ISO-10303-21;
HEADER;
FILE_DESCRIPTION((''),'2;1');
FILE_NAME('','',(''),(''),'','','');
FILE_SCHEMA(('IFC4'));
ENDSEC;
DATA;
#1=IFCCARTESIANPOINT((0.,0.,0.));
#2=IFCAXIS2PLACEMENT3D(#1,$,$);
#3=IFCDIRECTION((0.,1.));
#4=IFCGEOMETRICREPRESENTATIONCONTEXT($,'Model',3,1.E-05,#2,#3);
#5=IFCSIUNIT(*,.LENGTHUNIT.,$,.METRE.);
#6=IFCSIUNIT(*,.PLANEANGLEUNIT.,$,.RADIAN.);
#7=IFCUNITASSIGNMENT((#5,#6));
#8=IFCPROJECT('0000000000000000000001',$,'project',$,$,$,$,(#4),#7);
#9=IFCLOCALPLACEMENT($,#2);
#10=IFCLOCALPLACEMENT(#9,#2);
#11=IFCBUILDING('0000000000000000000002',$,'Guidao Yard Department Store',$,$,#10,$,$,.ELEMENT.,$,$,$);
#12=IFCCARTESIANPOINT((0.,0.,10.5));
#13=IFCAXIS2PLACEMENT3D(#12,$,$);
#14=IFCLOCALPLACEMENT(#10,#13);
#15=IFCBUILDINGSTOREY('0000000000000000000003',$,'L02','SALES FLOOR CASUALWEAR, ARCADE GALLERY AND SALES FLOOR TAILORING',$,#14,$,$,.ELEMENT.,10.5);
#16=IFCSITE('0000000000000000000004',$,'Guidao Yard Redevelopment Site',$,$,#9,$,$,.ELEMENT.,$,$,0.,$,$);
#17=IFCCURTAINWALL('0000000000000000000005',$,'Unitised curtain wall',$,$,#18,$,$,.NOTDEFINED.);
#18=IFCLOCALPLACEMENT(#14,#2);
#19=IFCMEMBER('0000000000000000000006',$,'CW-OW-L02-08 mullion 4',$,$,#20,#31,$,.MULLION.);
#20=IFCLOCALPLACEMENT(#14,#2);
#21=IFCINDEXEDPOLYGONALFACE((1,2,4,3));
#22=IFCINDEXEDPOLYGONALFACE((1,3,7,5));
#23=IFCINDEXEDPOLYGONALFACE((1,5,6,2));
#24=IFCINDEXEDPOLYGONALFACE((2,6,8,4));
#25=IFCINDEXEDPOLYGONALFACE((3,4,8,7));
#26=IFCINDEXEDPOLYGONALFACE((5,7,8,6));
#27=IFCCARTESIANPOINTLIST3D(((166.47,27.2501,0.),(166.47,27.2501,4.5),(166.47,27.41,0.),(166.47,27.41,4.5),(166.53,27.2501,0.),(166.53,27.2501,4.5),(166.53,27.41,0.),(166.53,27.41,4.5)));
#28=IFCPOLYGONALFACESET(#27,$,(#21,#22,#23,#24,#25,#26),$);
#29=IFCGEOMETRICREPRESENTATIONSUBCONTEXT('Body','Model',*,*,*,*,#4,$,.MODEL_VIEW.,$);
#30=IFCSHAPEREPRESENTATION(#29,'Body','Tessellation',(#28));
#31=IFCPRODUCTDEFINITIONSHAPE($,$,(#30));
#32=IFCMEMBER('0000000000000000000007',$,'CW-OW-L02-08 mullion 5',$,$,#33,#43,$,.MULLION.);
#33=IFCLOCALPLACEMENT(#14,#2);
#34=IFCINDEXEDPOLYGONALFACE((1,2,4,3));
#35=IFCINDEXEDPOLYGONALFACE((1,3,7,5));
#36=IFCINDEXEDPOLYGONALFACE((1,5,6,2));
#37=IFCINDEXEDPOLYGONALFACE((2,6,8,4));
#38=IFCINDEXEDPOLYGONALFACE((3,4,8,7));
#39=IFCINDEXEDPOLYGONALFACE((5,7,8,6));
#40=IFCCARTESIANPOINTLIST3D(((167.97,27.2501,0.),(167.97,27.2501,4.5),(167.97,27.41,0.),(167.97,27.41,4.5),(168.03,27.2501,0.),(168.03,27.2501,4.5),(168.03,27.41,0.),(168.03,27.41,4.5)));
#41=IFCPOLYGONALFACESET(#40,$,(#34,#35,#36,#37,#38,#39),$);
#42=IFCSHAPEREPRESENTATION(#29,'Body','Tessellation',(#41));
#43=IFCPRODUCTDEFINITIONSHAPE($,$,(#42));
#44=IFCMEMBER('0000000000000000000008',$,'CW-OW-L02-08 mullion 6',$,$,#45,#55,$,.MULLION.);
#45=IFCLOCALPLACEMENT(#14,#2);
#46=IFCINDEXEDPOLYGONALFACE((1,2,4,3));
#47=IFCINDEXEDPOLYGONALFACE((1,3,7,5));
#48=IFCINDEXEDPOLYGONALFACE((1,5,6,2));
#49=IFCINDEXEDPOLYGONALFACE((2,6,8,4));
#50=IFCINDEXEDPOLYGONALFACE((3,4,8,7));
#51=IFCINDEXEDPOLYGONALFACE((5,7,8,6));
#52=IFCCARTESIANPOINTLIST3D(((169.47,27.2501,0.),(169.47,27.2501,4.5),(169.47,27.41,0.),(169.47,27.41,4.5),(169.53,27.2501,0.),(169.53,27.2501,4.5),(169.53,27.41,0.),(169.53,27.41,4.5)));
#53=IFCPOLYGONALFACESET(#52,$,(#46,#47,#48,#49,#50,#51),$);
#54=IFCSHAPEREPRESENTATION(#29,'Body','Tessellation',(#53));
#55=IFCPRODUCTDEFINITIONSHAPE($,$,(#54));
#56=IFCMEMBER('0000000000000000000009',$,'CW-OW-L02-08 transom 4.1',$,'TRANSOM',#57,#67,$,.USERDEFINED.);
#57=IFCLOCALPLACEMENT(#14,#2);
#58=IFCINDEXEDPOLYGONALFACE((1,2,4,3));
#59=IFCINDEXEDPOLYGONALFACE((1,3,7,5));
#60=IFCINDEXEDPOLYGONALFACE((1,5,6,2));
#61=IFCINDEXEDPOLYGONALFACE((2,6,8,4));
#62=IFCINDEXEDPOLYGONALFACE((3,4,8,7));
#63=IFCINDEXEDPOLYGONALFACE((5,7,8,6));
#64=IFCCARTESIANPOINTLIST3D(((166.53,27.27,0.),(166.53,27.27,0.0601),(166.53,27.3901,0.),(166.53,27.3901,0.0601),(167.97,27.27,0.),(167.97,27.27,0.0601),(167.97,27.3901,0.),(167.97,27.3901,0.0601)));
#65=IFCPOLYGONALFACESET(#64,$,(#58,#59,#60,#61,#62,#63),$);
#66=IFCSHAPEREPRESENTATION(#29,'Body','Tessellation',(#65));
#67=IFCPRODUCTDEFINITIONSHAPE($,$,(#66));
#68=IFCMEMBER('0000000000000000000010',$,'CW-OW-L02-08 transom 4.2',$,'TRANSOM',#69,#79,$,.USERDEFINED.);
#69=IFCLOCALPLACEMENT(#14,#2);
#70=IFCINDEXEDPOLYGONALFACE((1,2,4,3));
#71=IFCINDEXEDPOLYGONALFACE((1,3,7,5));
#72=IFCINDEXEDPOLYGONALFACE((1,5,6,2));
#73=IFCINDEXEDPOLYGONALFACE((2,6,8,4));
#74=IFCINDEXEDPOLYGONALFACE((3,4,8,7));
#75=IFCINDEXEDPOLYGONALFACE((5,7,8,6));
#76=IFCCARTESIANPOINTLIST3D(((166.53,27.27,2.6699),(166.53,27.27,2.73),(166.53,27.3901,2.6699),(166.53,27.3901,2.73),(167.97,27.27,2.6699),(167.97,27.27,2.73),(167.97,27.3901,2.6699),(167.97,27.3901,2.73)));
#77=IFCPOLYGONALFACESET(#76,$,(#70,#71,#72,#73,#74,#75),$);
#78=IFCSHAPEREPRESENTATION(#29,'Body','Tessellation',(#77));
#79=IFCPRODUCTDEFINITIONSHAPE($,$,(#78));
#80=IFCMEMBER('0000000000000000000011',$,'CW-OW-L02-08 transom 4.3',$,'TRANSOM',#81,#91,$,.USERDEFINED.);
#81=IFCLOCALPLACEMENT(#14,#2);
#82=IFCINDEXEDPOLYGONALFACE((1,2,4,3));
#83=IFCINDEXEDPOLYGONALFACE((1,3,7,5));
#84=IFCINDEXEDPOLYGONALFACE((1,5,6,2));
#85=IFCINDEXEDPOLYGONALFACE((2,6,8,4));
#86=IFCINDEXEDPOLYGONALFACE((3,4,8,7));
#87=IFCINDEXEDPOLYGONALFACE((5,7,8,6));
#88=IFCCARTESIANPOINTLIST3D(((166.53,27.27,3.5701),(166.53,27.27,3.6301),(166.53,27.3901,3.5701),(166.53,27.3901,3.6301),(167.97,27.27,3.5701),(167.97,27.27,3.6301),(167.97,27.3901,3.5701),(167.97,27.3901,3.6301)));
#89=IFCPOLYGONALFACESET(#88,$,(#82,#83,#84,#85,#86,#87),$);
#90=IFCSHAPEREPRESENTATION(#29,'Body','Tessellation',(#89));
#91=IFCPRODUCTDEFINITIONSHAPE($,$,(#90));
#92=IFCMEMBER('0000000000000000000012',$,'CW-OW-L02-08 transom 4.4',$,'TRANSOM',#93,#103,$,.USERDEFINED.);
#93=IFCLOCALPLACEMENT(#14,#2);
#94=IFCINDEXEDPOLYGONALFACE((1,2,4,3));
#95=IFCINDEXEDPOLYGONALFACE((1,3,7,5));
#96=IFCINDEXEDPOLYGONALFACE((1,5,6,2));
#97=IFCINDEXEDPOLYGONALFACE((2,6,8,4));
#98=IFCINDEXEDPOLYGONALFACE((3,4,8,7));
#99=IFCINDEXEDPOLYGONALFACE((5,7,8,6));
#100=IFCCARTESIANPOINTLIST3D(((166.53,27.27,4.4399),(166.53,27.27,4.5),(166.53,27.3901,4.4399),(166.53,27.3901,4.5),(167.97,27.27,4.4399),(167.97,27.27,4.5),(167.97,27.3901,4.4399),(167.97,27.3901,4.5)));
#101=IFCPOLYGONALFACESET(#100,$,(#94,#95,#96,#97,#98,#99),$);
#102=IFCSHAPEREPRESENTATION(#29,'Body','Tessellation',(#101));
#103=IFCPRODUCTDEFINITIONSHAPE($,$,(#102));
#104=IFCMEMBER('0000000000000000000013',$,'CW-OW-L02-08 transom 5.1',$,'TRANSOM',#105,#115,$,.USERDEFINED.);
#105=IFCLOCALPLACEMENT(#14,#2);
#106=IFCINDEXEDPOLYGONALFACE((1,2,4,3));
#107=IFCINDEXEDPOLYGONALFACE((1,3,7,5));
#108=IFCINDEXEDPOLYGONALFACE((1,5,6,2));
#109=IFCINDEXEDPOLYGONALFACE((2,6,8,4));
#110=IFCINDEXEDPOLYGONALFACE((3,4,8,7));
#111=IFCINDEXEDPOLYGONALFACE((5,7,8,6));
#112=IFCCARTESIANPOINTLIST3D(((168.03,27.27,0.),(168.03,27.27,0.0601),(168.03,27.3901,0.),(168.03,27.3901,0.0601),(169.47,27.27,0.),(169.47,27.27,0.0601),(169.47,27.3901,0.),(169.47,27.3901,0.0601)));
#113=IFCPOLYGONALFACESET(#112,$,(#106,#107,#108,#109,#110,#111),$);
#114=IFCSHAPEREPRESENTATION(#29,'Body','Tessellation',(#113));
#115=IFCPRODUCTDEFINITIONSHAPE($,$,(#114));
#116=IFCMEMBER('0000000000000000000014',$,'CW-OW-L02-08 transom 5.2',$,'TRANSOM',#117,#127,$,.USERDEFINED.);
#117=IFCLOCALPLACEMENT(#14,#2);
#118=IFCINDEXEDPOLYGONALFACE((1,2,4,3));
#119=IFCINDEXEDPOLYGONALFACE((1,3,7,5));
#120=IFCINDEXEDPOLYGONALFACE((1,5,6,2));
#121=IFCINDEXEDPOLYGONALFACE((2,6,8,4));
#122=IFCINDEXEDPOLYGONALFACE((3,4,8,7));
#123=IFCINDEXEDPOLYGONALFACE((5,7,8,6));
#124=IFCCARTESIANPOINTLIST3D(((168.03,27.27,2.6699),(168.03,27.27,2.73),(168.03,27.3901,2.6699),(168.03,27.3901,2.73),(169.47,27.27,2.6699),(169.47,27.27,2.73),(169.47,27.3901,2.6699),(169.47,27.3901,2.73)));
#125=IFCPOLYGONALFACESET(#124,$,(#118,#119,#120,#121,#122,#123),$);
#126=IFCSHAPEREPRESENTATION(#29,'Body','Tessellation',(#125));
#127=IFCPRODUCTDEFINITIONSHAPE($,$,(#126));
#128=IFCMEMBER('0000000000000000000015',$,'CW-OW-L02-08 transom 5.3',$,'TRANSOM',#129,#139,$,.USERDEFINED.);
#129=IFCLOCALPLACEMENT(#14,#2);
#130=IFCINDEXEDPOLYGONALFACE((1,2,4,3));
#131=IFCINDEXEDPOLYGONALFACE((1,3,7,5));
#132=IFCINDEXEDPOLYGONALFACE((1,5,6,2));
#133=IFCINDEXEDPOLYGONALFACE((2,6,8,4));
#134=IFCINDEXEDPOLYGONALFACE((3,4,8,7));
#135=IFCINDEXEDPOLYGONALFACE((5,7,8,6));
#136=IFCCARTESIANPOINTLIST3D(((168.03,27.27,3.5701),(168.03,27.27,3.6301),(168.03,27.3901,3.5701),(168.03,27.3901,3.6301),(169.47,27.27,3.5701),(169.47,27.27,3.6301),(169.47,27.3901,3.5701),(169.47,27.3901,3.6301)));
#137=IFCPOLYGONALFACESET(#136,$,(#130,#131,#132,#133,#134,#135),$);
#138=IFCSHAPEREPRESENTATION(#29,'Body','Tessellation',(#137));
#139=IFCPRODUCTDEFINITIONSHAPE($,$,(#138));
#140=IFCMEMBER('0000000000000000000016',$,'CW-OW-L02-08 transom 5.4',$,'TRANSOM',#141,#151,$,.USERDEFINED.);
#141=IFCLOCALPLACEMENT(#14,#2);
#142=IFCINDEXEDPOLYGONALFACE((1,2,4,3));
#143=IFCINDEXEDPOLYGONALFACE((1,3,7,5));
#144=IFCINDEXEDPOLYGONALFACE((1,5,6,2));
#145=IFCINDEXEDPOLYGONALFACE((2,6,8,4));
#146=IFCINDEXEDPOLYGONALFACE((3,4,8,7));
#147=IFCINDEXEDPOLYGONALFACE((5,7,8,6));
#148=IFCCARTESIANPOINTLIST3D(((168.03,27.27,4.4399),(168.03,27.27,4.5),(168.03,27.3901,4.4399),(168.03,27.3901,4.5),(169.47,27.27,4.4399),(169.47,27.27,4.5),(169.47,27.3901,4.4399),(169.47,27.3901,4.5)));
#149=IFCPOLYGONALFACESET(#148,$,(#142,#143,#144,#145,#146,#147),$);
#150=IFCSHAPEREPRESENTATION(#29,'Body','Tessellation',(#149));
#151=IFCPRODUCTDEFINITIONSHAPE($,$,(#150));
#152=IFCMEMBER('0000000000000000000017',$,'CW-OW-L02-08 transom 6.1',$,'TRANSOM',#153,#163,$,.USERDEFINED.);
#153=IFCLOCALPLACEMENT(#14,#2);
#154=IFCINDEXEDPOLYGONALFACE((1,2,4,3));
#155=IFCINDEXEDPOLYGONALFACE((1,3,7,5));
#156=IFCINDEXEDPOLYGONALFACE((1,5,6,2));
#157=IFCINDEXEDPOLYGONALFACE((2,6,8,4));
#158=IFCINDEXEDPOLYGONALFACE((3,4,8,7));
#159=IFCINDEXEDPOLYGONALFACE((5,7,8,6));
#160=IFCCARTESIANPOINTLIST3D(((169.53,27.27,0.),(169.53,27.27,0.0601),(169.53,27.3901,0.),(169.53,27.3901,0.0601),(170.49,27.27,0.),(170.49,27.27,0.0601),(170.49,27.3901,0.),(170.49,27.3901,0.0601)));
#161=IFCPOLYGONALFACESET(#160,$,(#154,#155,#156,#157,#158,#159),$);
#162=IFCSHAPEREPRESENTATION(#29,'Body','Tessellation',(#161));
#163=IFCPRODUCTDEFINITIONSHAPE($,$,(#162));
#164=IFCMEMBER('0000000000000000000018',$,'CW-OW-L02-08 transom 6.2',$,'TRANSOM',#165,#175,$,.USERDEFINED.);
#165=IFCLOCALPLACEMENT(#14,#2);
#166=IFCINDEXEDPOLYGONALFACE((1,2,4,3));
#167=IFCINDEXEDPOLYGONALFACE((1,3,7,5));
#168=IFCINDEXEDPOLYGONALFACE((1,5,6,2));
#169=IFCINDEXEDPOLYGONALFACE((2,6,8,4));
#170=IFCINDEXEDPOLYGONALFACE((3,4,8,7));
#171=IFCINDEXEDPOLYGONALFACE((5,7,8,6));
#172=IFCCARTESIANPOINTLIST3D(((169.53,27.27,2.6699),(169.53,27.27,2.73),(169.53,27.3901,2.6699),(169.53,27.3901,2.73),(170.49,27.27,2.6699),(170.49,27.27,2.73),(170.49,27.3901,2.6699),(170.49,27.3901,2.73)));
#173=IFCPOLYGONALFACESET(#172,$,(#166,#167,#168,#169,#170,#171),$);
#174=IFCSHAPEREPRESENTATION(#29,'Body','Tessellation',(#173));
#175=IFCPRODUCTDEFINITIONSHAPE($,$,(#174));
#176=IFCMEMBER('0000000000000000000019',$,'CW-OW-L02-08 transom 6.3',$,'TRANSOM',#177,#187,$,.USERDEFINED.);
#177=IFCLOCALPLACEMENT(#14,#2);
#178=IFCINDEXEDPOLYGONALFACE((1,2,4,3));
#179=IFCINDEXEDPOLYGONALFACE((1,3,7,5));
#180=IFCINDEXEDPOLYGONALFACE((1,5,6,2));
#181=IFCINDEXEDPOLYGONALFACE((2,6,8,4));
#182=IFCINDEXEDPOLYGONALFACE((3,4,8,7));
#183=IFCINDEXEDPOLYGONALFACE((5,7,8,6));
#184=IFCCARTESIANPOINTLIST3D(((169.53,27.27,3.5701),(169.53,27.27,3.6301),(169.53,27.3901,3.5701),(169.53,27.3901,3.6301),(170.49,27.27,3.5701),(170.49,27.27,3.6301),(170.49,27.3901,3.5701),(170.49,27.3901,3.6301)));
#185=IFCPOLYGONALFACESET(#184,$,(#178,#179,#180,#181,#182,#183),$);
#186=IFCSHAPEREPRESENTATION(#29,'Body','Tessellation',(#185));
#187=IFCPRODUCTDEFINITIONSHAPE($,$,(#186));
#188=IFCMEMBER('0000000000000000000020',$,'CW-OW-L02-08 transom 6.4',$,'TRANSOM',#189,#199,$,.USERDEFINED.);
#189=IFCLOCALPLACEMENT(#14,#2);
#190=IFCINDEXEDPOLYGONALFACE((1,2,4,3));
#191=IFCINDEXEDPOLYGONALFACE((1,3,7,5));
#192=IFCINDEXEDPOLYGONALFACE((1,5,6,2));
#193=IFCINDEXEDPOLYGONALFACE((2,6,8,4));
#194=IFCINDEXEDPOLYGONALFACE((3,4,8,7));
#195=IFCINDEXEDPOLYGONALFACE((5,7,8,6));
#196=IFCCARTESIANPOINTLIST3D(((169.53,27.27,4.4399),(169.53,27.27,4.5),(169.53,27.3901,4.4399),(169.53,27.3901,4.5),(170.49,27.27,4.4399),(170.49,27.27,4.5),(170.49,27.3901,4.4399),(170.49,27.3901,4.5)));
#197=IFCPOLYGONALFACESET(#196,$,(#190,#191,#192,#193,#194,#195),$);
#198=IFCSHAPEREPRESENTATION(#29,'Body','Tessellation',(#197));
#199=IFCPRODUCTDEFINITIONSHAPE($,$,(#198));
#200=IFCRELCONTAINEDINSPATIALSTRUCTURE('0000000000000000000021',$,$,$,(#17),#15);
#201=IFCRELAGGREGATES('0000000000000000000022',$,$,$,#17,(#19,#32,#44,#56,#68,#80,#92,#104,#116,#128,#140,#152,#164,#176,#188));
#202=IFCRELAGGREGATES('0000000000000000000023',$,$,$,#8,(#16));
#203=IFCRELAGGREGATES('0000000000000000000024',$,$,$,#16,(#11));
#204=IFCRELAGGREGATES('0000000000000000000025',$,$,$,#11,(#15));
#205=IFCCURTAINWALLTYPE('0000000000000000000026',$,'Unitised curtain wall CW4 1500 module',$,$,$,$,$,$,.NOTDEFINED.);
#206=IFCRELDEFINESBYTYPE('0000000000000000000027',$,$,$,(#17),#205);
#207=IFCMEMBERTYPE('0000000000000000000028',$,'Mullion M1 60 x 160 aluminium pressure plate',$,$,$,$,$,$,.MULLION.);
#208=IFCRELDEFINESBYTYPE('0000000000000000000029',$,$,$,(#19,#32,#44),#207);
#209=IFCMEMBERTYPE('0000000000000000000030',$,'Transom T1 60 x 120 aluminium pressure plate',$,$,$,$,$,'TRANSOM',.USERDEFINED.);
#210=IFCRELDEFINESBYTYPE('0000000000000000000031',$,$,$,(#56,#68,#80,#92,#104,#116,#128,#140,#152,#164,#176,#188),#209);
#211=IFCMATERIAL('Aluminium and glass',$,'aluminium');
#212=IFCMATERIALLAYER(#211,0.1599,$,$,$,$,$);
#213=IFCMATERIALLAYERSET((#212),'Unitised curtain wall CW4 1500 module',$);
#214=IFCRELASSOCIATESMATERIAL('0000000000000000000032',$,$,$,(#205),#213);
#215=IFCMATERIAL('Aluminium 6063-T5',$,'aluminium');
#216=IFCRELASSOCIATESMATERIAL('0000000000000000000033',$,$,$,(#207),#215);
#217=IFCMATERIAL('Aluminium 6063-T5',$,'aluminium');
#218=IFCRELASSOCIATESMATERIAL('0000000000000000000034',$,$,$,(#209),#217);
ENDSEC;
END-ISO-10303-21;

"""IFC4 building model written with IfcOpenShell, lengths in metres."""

from ifc_helpers import new_model, si_unit, direction, frame, origin, origin_2d, place, context, subcontext, project, spatial, rectangle, extrude, material, layer, layer_set, material_profile, profile_set, type_object, element, aggregate, save


model = new_model("IFC4")

# Units and contexts
model_context = context("Model", 3, precision=1e-05, world=origin(), true_north=direction((0.0, 1.0)))
body_context = subcontext(model_context, "Body", "Model", "MODEL_VIEW")
ifc_project = project(units=[si_unit("LENGTHUNIT", "METRE"), si_unit("PLANEANGLEUNIT", "RADIAN")], contexts=[model_context])

# Site, building, storey
site_placement = place(None, origin())
site = spatial("IfcSite", under=ifc_project, at=site_placement, Name="Guidao Yard Redevelopment Site", CompositionType="ELEMENT", RefElevation=0.0)
building_placement = place(site_placement, origin())
building = spatial("IfcBuilding", under=site, at=building_placement, Name="Guidao Yard Department Store", CompositionType="ELEMENT")
storey_placement = place(building_placement, frame((0.0, 0.0, 10.5)))
storey = spatial("IfcBuildingStorey", under=building, at=storey_placement, Name="L02", Description="SALES FLOOR CASUALWEAR, ARCADE GALLERY AND SALES FLOOR TAILORING", CompositionType="ELEMENT", Elevation=10.5)

# Curtain wall, members
ifc_material_1 = material(Name="Aluminium and glass", Category="aluminium")
ifc_layer_1 = layer(ifc_material_1, 0.1599)
ifc_layer_set_1 = layer_set([ifc_layer_1], Name="Unitised curtain wall CW4 1500 module")
curtain_wall_type = type_object("IfcCurtainWallType", Name="Unitised curtain wall CW4 1500 module", PredefinedType="NOTDEFINED", material=ifc_layer_set_1)
curtain_wall_placement = place(storey_placement, origin())
curtain_wall = element("IfcCurtainWall", 1, at=curtain_wall_placement, inside=storey, type_object=curtain_wall_type, Name="Unitised curtain wall", PredefinedType="NOTDEFINED")
ifc_material_2 = material(Name="Aluminium 6063-T5", Category="aluminium")
ifc_material_profile_1 = material_profile(ifc_material_2, rectangle(XDim=0.0601, YDim=0.1599, at=origin_2d()), Name="Mullion M1 60 x 160 aluminium pressure plate")
ifc_profile_set_1 = profile_set([ifc_material_profile_1], Name="Aluminium 6063-T5")
member_type_1 = type_object("IfcMemberType", Name="Mullion M1 60 x 160 aluminium pressure plate", PredefinedType="MULLION", material=ifc_profile_set_1)
member_1_placement = place(storey_placement, frame((166.5, 27.3301, 0.0), z_axis=(0.0, 0.0, 1.0), x_axis=(1.0, 0.0, 0.0)))
member_1 = element("IfcMember", 2, at=member_1_placement, type_object=member_type_1, Name="CW-OW-L02-08 mullion 4", PredefinedType="MULLION", context=body_context, shape_type="SweptSolid", body=[
    extrude(rectangle(XDim=0.0601, YDim=0.1599, at=origin_2d()), origin(), (0.0, 0.0, 1.0), 4.5),
])
member_2_placement = place(storey_placement, frame((168.0, 27.3301, 0.0), z_axis=(0.0, 0.0, 1.0), x_axis=(1.0, 0.0, 0.0)))
member_2 = element("IfcMember", 3, at=member_2_placement, type_object=member_type_1, Name="CW-OW-L02-08 mullion 5", PredefinedType="MULLION", context=body_context, shape_type="SweptSolid", body=[
    extrude(rectangle(XDim=0.0601, YDim=0.1599, at=origin_2d()), origin(), (0.0, 0.0, 1.0), 4.5),
])
member_3_placement = place(storey_placement, frame((169.5, 27.3301, 0.0), z_axis=(0.0, 0.0, 1.0), x_axis=(1.0, 0.0, 0.0)))
member_3 = element("IfcMember", 4, at=member_3_placement, type_object=member_type_1, Name="CW-OW-L02-08 mullion 6", PredefinedType="MULLION", context=body_context, shape_type="SweptSolid", body=[
    extrude(rectangle(XDim=0.0601, YDim=0.1599, at=origin_2d()), origin(), (0.0, 0.0, 1.0), 4.5),
])
ifc_material_3 = material(Name="Aluminium 6063-T5", Category="aluminium")
ifc_material_profile_2 = material_profile(ifc_material_3, rectangle(XDim=0.1201, YDim=0.0601, at=origin_2d()), Name="Transom T1 60 x 120 aluminium pressure plate")
ifc_profile_set_2 = profile_set([ifc_material_profile_2], Name="Aluminium 6063-T5")
member_type_2 = type_object("IfcMemberType", Name="Transom T1 60 x 120 aluminium pressure plate", ElementType="TRANSOM", PredefinedType="USERDEFINED", material=ifc_profile_set_2)
member_4_placement = place(storey_placement, frame((166.53, 27.3301, 0.03), z_axis=(1.0, 0.0, 0.0), x_axis=(0.0, 1.0, 0.0)))
member_4 = element("IfcMember", 5, at=member_4_placement, type_object=member_type_2, Name="CW-OW-L02-08 transom 4.1", ObjectType="TRANSOM", PredefinedType="USERDEFINED", context=body_context, shape_type="SweptSolid", body=[
    extrude(rectangle(XDim=0.1201, YDim=0.0601, at=origin_2d()), origin(), (0.0, 0.0, 1.0), 1.4399),
])
member_5_placement = place(storey_placement, frame((166.53, 27.3301, 2.7), z_axis=(1.0, 0.0, 0.0), x_axis=(0.0, 1.0, 0.0)))
member_5 = element("IfcMember", 6, at=member_5_placement, type_object=member_type_2, Name="CW-OW-L02-08 transom 4.2", ObjectType="TRANSOM", PredefinedType="USERDEFINED", context=body_context, shape_type="SweptSolid", body=[
    extrude(rectangle(XDim=0.1201, YDim=0.0601, at=origin_2d()), origin(), (0.0, 0.0, 1.0), 1.4399),
])
member_6_placement = place(storey_placement, frame((166.53, 27.3301, 3.6001), z_axis=(1.0, 0.0, 0.0), x_axis=(0.0, 1.0, 0.0)))
member_6 = element("IfcMember", 7, at=member_6_placement, type_object=member_type_2, Name="CW-OW-L02-08 transom 4.3", ObjectType="TRANSOM", PredefinedType="USERDEFINED", context=body_context, shape_type="SweptSolid", body=[
    extrude(rectangle(XDim=0.1201, YDim=0.0601, at=origin_2d()), origin(), (0.0, 0.0, 1.0), 1.4399),
])
member_7_placement = place(storey_placement, frame((166.53, 27.3301, 4.47), z_axis=(1.0, 0.0, 0.0), x_axis=(0.0, 1.0, 0.0)))
member_7 = element("IfcMember", 8, at=member_7_placement, type_object=member_type_2, Name="CW-OW-L02-08 transom 4.4", ObjectType="TRANSOM", PredefinedType="USERDEFINED", context=body_context, shape_type="SweptSolid", body=[
    extrude(rectangle(XDim=0.1201, YDim=0.0601, at=origin_2d()), origin(), (0.0, 0.0, 1.0), 1.4399),
])
member_8_placement = place(storey_placement, frame((168.03, 27.3301, 0.03), z_axis=(1.0, 0.0, 0.0), x_axis=(0.0, 1.0, 0.0)))
member_8 = element("IfcMember", 9, at=member_8_placement, type_object=member_type_2, Name="CW-OW-L02-08 transom 5.1", ObjectType="TRANSOM", PredefinedType="USERDEFINED", context=body_context, shape_type="SweptSolid", body=[
    extrude(rectangle(XDim=0.1201, YDim=0.0601, at=origin_2d()), origin(), (0.0, 0.0, 1.0), 1.4399),
])
member_9_placement = place(storey_placement, frame((168.03, 27.3301, 2.7), z_axis=(1.0, 0.0, 0.0), x_axis=(0.0, 1.0, 0.0)))
member_9 = element("IfcMember", 10, at=member_9_placement, type_object=member_type_2, Name="CW-OW-L02-08 transom 5.2", ObjectType="TRANSOM", PredefinedType="USERDEFINED", context=body_context, shape_type="SweptSolid", body=[
    extrude(rectangle(XDim=0.1201, YDim=0.0601, at=origin_2d()), origin(), (0.0, 0.0, 1.0), 1.4399),
])
member_10_placement = place(storey_placement, frame((168.03, 27.3301, 3.6001), z_axis=(1.0, 0.0, 0.0), x_axis=(0.0, 1.0, 0.0)))
member_10 = element("IfcMember", 11, at=member_10_placement, type_object=member_type_2, Name="CW-OW-L02-08 transom 5.3", ObjectType="TRANSOM", PredefinedType="USERDEFINED", context=body_context, shape_type="SweptSolid", body=[
    extrude(rectangle(XDim=0.1201, YDim=0.0601, at=origin_2d()), origin(), (0.0, 0.0, 1.0), 1.4399),
])
member_11_placement = place(storey_placement, frame((168.03, 27.3301, 4.47), z_axis=(1.0, 0.0, 0.0), x_axis=(0.0, 1.0, 0.0)))
member_11 = element("IfcMember", 12, at=member_11_placement, type_object=member_type_2, Name="CW-OW-L02-08 transom 5.4", ObjectType="TRANSOM", PredefinedType="USERDEFINED", context=body_context, shape_type="SweptSolid", body=[
    extrude(rectangle(XDim=0.1201, YDim=0.0601, at=origin_2d()), origin(), (0.0, 0.0, 1.0), 1.4399),
])
member_12_placement = place(storey_placement, frame((169.53, 27.3301, 0.03), z_axis=(1.0, 0.0, 0.0), x_axis=(0.0, 1.0, 0.0)))
member_12 = element("IfcMember", 13, at=member_12_placement, type_object=member_type_2, Name="CW-OW-L02-08 transom 6.1", ObjectType="TRANSOM", PredefinedType="USERDEFINED", context=body_context, shape_type="SweptSolid", body=[
    extrude(rectangle(XDim=0.1201, YDim=0.0601, at=origin_2d()), origin(), (0.0, 0.0, 1.0), 0.96),
])
member_13_placement = place(storey_placement, frame((169.53, 27.3301, 2.7), z_axis=(1.0, 0.0, 0.0), x_axis=(0.0, 1.0, 0.0)))
member_13 = element("IfcMember", 14, at=member_13_placement, type_object=member_type_2, Name="CW-OW-L02-08 transom 6.2", ObjectType="TRANSOM", PredefinedType="USERDEFINED", context=body_context, shape_type="SweptSolid", body=[
    extrude(rectangle(XDim=0.1201, YDim=0.0601, at=origin_2d()), origin(), (0.0, 0.0, 1.0), 0.96),
])
member_14_placement = place(storey_placement, frame((169.53, 27.3301, 3.6001), z_axis=(1.0, 0.0, 0.0), x_axis=(0.0, 1.0, 0.0)))
member_14 = element("IfcMember", 15, at=member_14_placement, type_object=member_type_2, Name="CW-OW-L02-08 transom 6.3", ObjectType="TRANSOM", PredefinedType="USERDEFINED", context=body_context, shape_type="SweptSolid", body=[
    extrude(rectangle(XDim=0.1201, YDim=0.0601, at=origin_2d()), origin(), (0.0, 0.0, 1.0), 0.96),
])
member_15_placement = place(storey_placement, frame((169.53, 27.3301, 4.47), z_axis=(1.0, 0.0, 0.0), x_axis=(0.0, 1.0, 0.0)))
member_15 = element("IfcMember", 16, at=member_15_placement, type_object=member_type_2, Name="CW-OW-L02-08 transom 6.4", ObjectType="TRANSOM", PredefinedType="USERDEFINED", context=body_context, shape_type="SweptSolid", body=[
    extrude(rectangle(XDim=0.1201, YDim=0.0601, at=origin_2d()), origin(), (0.0, 0.0, 1.0), 0.96),
])
aggregate(curtain_wall, [member_1, member_2, member_3, member_4, member_5, member_6, member_7, member_8, member_9, member_10, member_11, member_12, member_13, member_14, member_15])

save(model, "model.ifc")
